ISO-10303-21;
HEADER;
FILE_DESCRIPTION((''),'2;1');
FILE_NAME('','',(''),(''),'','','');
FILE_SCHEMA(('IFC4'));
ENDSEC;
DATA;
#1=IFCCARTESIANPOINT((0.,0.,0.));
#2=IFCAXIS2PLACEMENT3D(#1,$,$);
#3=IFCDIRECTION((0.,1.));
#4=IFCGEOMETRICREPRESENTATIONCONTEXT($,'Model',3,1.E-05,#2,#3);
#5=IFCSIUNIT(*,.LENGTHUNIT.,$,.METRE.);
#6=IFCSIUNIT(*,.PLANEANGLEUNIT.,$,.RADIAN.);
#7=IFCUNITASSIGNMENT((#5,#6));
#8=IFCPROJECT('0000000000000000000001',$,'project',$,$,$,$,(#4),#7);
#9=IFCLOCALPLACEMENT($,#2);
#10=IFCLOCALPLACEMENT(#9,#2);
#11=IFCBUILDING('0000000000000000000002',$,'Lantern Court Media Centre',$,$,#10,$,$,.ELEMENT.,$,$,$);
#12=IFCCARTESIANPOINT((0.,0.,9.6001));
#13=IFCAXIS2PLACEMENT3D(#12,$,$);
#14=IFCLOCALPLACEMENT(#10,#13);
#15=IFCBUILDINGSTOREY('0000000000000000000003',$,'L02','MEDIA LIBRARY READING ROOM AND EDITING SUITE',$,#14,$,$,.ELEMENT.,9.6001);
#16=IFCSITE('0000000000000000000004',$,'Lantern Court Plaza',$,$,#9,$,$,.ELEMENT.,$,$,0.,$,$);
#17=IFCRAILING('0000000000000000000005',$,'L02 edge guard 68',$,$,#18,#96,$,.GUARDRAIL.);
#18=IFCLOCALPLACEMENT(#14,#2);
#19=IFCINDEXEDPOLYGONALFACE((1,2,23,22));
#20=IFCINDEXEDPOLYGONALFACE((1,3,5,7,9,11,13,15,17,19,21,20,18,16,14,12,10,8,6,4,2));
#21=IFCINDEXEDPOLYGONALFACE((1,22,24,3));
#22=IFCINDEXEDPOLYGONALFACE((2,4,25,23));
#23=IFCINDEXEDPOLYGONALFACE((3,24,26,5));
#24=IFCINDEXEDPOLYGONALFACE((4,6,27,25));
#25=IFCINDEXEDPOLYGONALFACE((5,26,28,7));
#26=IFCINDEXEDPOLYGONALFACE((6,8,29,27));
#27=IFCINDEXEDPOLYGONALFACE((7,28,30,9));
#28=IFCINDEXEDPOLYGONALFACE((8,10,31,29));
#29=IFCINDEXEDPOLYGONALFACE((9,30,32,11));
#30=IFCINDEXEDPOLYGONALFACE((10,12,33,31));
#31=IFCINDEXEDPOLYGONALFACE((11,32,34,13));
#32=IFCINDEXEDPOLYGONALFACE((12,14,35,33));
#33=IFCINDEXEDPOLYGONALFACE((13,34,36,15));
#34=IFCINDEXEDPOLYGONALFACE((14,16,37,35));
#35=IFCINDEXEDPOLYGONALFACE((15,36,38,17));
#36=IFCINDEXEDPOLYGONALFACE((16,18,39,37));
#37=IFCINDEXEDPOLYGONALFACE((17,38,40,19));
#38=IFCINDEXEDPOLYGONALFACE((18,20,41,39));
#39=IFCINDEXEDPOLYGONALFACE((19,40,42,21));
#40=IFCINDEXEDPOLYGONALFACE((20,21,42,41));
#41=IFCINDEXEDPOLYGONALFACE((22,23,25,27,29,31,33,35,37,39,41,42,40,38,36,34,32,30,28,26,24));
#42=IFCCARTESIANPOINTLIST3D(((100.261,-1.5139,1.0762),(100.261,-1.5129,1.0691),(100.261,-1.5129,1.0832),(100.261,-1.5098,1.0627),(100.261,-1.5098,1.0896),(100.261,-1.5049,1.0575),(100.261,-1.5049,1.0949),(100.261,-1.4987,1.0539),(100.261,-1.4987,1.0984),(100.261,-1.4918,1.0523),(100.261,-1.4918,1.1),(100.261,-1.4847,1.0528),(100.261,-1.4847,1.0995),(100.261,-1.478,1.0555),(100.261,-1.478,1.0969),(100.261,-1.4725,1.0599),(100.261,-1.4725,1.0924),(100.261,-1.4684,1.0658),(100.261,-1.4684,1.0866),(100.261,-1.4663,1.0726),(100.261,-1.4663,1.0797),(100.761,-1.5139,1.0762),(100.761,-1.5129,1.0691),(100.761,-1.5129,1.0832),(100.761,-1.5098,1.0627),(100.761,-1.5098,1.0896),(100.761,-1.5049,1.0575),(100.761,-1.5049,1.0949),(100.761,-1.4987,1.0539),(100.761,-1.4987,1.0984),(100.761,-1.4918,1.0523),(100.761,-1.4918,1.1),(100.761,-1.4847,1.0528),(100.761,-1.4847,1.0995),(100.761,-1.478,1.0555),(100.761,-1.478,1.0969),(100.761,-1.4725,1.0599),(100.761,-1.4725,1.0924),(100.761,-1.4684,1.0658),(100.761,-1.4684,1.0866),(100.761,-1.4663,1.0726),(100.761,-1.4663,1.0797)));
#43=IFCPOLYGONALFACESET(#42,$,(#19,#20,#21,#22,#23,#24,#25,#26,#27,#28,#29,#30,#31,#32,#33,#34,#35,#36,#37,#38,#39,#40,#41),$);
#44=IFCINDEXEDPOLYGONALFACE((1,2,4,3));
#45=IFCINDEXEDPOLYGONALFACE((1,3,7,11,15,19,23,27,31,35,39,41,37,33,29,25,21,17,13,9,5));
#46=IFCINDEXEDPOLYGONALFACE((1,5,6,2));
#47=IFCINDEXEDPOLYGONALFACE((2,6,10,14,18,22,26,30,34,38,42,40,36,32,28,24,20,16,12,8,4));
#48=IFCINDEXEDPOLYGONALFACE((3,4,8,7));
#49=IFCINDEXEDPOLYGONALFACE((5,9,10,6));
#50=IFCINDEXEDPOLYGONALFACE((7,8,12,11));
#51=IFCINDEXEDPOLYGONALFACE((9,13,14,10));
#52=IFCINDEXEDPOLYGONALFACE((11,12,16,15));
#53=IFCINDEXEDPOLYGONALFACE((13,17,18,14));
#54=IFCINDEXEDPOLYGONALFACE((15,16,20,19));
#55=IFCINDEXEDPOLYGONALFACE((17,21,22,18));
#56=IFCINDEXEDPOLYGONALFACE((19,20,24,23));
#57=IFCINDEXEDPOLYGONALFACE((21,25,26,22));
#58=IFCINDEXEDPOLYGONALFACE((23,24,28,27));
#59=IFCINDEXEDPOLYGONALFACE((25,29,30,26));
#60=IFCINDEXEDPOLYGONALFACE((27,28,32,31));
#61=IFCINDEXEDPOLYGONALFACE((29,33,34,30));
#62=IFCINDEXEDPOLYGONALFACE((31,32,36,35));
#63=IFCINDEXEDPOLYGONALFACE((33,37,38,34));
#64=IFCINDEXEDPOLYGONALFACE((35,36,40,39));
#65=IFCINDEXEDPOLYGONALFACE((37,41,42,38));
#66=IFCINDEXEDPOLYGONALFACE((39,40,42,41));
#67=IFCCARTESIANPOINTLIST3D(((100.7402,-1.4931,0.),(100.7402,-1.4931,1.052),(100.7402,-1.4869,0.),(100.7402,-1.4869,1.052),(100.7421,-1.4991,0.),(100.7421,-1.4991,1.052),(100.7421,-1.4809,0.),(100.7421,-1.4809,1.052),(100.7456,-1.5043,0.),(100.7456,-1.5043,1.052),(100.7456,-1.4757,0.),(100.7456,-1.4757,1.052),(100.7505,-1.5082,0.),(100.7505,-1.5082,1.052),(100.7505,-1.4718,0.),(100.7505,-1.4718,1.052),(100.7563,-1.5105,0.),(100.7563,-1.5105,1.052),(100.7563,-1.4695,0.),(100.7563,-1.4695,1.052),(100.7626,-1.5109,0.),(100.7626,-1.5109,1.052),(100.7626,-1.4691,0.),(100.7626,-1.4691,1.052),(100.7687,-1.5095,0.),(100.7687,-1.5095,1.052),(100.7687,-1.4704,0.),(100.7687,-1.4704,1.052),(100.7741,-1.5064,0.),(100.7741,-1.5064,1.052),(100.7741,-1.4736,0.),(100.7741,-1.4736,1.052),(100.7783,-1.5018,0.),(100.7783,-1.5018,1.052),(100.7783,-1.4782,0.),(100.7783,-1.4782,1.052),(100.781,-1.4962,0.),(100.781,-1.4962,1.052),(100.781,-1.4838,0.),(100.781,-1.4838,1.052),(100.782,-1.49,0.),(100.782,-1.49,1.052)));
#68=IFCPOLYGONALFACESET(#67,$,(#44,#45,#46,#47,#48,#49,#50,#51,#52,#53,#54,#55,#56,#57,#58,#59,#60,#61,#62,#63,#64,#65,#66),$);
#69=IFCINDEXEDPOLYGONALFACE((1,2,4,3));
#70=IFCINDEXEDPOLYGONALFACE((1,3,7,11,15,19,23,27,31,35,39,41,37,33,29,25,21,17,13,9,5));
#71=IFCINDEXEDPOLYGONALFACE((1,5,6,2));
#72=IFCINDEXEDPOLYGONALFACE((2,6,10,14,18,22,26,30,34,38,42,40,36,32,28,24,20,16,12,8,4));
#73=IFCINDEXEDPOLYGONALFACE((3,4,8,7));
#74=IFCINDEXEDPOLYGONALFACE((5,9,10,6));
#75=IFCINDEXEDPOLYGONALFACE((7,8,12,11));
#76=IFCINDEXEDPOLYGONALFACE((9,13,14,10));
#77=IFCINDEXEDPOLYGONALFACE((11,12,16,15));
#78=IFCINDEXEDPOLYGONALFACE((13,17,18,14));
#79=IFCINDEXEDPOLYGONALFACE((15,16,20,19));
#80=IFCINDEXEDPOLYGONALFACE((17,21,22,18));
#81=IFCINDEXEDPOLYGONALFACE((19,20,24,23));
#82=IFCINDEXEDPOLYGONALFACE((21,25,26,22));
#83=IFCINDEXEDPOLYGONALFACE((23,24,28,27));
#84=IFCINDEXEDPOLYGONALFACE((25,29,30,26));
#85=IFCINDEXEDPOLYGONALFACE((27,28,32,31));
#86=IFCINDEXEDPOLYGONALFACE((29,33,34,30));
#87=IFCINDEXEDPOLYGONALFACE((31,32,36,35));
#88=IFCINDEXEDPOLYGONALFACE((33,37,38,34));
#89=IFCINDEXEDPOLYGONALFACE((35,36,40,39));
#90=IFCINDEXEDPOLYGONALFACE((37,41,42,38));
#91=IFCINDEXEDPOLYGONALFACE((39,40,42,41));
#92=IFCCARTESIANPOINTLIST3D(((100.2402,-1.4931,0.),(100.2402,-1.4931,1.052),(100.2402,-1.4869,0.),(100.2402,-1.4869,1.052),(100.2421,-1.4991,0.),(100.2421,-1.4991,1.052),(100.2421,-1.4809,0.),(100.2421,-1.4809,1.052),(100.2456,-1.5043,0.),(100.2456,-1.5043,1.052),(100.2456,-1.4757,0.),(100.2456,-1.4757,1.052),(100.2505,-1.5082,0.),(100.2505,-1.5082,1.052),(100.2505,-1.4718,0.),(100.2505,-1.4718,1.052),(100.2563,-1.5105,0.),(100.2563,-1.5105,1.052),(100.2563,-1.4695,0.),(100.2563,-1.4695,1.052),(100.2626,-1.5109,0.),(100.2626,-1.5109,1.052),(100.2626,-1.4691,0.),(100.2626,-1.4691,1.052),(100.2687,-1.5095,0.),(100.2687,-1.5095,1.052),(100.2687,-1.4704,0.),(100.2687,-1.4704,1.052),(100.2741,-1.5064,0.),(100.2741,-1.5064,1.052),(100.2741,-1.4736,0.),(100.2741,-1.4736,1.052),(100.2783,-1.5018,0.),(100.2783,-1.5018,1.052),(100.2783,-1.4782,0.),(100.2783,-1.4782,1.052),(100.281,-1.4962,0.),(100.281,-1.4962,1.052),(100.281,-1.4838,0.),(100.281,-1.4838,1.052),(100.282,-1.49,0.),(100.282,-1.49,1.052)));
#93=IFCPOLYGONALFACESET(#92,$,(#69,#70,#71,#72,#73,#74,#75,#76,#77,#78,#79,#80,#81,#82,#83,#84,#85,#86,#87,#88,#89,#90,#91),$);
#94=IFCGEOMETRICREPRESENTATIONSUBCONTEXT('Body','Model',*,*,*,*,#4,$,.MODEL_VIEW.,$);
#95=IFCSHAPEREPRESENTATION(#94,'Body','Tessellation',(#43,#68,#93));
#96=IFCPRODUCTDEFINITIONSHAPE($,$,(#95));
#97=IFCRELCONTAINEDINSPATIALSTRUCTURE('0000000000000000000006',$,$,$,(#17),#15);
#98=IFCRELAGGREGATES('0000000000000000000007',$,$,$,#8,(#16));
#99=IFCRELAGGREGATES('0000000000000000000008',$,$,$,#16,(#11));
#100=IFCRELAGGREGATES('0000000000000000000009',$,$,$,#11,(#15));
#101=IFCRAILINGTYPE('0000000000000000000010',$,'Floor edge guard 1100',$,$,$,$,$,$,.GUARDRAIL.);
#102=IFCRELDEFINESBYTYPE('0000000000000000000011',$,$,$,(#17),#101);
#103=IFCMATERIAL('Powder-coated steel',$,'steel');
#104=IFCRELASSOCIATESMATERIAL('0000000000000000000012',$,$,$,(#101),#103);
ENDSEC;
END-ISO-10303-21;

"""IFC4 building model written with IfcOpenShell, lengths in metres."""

from ifc_helpers import new_model, si_unit, direction, frame, origin, origin_2d, place, context, subcontext, project, spatial, circle, extrude, material, type_object, element, save


model = new_model("IFC4")

# Units and contexts
model_context = context("Model", 3, precision=1e-05, world=origin(), true_north=direction((0.0, 1.0)))
body_context = subcontext(model_context, "Body", "Model", "MODEL_VIEW")
ifc_project = project(units=[si_unit("LENGTHUNIT", "METRE"), si_unit("PLANEANGLEUNIT", "RADIAN")], contexts=[model_context])

# Site, building, storey
site_placement = place(None, origin())
site = spatial("IfcSite", under=ifc_project, at=site_placement, Name="Lantern Court Plaza", CompositionType="ELEMENT", RefElevation=0.0)
building_placement = place(site_placement, origin())
building = spatial("IfcBuilding", under=site, at=building_placement, Name="Lantern Court Media Centre", CompositionType="ELEMENT")
storey_placement = place(building_placement, frame((0.0, 0.0, 9.6001)))
storey = spatial("IfcBuildingStorey", under=building, at=storey_placement, Name="L02", Description="MEDIA LIBRARY READING ROOM AND EDITING SUITE", CompositionType="ELEMENT", Elevation=9.6001)

# Railing
ifc_material_1 = material(Name="Powder-coated steel", Category="steel")
railing_type = type_object("IfcRailingType", Name="Floor edge guard 1100", PredefinedType="GUARDRAIL", material=ifc_material_1)
railing_1_placement = place(storey_placement, frame((100.761, -1.49, 0.0)))
element("IfcRailing", 1, at=railing_1_placement, inside=storey, type_object=railing_type, Name="L02 edge guard 68", PredefinedType="GUARDRAIL", context=body_context, shape_type="SweptSolid", body=[
    extrude(circle(Radius=0.0239, at=origin_2d()), frame((0.0, 0.0, 1.0762), z_axis=(-1.0, 0.0, 0.0), x_axis=(0.0, -1.0, 0.0)), (0.0, 0.0, 1.0), 0.5),
    extrude(circle(Radius=0.021, at=origin_2d()), origin(), (0.0, 0.0, 1.0), 1.052),
    extrude(circle(Radius=0.021, at=origin_2d()), frame((-0.5, 0.0, 0.0)), (0.0, 0.0, 1.0), 1.052),
])

save(model, "model.ifc")
